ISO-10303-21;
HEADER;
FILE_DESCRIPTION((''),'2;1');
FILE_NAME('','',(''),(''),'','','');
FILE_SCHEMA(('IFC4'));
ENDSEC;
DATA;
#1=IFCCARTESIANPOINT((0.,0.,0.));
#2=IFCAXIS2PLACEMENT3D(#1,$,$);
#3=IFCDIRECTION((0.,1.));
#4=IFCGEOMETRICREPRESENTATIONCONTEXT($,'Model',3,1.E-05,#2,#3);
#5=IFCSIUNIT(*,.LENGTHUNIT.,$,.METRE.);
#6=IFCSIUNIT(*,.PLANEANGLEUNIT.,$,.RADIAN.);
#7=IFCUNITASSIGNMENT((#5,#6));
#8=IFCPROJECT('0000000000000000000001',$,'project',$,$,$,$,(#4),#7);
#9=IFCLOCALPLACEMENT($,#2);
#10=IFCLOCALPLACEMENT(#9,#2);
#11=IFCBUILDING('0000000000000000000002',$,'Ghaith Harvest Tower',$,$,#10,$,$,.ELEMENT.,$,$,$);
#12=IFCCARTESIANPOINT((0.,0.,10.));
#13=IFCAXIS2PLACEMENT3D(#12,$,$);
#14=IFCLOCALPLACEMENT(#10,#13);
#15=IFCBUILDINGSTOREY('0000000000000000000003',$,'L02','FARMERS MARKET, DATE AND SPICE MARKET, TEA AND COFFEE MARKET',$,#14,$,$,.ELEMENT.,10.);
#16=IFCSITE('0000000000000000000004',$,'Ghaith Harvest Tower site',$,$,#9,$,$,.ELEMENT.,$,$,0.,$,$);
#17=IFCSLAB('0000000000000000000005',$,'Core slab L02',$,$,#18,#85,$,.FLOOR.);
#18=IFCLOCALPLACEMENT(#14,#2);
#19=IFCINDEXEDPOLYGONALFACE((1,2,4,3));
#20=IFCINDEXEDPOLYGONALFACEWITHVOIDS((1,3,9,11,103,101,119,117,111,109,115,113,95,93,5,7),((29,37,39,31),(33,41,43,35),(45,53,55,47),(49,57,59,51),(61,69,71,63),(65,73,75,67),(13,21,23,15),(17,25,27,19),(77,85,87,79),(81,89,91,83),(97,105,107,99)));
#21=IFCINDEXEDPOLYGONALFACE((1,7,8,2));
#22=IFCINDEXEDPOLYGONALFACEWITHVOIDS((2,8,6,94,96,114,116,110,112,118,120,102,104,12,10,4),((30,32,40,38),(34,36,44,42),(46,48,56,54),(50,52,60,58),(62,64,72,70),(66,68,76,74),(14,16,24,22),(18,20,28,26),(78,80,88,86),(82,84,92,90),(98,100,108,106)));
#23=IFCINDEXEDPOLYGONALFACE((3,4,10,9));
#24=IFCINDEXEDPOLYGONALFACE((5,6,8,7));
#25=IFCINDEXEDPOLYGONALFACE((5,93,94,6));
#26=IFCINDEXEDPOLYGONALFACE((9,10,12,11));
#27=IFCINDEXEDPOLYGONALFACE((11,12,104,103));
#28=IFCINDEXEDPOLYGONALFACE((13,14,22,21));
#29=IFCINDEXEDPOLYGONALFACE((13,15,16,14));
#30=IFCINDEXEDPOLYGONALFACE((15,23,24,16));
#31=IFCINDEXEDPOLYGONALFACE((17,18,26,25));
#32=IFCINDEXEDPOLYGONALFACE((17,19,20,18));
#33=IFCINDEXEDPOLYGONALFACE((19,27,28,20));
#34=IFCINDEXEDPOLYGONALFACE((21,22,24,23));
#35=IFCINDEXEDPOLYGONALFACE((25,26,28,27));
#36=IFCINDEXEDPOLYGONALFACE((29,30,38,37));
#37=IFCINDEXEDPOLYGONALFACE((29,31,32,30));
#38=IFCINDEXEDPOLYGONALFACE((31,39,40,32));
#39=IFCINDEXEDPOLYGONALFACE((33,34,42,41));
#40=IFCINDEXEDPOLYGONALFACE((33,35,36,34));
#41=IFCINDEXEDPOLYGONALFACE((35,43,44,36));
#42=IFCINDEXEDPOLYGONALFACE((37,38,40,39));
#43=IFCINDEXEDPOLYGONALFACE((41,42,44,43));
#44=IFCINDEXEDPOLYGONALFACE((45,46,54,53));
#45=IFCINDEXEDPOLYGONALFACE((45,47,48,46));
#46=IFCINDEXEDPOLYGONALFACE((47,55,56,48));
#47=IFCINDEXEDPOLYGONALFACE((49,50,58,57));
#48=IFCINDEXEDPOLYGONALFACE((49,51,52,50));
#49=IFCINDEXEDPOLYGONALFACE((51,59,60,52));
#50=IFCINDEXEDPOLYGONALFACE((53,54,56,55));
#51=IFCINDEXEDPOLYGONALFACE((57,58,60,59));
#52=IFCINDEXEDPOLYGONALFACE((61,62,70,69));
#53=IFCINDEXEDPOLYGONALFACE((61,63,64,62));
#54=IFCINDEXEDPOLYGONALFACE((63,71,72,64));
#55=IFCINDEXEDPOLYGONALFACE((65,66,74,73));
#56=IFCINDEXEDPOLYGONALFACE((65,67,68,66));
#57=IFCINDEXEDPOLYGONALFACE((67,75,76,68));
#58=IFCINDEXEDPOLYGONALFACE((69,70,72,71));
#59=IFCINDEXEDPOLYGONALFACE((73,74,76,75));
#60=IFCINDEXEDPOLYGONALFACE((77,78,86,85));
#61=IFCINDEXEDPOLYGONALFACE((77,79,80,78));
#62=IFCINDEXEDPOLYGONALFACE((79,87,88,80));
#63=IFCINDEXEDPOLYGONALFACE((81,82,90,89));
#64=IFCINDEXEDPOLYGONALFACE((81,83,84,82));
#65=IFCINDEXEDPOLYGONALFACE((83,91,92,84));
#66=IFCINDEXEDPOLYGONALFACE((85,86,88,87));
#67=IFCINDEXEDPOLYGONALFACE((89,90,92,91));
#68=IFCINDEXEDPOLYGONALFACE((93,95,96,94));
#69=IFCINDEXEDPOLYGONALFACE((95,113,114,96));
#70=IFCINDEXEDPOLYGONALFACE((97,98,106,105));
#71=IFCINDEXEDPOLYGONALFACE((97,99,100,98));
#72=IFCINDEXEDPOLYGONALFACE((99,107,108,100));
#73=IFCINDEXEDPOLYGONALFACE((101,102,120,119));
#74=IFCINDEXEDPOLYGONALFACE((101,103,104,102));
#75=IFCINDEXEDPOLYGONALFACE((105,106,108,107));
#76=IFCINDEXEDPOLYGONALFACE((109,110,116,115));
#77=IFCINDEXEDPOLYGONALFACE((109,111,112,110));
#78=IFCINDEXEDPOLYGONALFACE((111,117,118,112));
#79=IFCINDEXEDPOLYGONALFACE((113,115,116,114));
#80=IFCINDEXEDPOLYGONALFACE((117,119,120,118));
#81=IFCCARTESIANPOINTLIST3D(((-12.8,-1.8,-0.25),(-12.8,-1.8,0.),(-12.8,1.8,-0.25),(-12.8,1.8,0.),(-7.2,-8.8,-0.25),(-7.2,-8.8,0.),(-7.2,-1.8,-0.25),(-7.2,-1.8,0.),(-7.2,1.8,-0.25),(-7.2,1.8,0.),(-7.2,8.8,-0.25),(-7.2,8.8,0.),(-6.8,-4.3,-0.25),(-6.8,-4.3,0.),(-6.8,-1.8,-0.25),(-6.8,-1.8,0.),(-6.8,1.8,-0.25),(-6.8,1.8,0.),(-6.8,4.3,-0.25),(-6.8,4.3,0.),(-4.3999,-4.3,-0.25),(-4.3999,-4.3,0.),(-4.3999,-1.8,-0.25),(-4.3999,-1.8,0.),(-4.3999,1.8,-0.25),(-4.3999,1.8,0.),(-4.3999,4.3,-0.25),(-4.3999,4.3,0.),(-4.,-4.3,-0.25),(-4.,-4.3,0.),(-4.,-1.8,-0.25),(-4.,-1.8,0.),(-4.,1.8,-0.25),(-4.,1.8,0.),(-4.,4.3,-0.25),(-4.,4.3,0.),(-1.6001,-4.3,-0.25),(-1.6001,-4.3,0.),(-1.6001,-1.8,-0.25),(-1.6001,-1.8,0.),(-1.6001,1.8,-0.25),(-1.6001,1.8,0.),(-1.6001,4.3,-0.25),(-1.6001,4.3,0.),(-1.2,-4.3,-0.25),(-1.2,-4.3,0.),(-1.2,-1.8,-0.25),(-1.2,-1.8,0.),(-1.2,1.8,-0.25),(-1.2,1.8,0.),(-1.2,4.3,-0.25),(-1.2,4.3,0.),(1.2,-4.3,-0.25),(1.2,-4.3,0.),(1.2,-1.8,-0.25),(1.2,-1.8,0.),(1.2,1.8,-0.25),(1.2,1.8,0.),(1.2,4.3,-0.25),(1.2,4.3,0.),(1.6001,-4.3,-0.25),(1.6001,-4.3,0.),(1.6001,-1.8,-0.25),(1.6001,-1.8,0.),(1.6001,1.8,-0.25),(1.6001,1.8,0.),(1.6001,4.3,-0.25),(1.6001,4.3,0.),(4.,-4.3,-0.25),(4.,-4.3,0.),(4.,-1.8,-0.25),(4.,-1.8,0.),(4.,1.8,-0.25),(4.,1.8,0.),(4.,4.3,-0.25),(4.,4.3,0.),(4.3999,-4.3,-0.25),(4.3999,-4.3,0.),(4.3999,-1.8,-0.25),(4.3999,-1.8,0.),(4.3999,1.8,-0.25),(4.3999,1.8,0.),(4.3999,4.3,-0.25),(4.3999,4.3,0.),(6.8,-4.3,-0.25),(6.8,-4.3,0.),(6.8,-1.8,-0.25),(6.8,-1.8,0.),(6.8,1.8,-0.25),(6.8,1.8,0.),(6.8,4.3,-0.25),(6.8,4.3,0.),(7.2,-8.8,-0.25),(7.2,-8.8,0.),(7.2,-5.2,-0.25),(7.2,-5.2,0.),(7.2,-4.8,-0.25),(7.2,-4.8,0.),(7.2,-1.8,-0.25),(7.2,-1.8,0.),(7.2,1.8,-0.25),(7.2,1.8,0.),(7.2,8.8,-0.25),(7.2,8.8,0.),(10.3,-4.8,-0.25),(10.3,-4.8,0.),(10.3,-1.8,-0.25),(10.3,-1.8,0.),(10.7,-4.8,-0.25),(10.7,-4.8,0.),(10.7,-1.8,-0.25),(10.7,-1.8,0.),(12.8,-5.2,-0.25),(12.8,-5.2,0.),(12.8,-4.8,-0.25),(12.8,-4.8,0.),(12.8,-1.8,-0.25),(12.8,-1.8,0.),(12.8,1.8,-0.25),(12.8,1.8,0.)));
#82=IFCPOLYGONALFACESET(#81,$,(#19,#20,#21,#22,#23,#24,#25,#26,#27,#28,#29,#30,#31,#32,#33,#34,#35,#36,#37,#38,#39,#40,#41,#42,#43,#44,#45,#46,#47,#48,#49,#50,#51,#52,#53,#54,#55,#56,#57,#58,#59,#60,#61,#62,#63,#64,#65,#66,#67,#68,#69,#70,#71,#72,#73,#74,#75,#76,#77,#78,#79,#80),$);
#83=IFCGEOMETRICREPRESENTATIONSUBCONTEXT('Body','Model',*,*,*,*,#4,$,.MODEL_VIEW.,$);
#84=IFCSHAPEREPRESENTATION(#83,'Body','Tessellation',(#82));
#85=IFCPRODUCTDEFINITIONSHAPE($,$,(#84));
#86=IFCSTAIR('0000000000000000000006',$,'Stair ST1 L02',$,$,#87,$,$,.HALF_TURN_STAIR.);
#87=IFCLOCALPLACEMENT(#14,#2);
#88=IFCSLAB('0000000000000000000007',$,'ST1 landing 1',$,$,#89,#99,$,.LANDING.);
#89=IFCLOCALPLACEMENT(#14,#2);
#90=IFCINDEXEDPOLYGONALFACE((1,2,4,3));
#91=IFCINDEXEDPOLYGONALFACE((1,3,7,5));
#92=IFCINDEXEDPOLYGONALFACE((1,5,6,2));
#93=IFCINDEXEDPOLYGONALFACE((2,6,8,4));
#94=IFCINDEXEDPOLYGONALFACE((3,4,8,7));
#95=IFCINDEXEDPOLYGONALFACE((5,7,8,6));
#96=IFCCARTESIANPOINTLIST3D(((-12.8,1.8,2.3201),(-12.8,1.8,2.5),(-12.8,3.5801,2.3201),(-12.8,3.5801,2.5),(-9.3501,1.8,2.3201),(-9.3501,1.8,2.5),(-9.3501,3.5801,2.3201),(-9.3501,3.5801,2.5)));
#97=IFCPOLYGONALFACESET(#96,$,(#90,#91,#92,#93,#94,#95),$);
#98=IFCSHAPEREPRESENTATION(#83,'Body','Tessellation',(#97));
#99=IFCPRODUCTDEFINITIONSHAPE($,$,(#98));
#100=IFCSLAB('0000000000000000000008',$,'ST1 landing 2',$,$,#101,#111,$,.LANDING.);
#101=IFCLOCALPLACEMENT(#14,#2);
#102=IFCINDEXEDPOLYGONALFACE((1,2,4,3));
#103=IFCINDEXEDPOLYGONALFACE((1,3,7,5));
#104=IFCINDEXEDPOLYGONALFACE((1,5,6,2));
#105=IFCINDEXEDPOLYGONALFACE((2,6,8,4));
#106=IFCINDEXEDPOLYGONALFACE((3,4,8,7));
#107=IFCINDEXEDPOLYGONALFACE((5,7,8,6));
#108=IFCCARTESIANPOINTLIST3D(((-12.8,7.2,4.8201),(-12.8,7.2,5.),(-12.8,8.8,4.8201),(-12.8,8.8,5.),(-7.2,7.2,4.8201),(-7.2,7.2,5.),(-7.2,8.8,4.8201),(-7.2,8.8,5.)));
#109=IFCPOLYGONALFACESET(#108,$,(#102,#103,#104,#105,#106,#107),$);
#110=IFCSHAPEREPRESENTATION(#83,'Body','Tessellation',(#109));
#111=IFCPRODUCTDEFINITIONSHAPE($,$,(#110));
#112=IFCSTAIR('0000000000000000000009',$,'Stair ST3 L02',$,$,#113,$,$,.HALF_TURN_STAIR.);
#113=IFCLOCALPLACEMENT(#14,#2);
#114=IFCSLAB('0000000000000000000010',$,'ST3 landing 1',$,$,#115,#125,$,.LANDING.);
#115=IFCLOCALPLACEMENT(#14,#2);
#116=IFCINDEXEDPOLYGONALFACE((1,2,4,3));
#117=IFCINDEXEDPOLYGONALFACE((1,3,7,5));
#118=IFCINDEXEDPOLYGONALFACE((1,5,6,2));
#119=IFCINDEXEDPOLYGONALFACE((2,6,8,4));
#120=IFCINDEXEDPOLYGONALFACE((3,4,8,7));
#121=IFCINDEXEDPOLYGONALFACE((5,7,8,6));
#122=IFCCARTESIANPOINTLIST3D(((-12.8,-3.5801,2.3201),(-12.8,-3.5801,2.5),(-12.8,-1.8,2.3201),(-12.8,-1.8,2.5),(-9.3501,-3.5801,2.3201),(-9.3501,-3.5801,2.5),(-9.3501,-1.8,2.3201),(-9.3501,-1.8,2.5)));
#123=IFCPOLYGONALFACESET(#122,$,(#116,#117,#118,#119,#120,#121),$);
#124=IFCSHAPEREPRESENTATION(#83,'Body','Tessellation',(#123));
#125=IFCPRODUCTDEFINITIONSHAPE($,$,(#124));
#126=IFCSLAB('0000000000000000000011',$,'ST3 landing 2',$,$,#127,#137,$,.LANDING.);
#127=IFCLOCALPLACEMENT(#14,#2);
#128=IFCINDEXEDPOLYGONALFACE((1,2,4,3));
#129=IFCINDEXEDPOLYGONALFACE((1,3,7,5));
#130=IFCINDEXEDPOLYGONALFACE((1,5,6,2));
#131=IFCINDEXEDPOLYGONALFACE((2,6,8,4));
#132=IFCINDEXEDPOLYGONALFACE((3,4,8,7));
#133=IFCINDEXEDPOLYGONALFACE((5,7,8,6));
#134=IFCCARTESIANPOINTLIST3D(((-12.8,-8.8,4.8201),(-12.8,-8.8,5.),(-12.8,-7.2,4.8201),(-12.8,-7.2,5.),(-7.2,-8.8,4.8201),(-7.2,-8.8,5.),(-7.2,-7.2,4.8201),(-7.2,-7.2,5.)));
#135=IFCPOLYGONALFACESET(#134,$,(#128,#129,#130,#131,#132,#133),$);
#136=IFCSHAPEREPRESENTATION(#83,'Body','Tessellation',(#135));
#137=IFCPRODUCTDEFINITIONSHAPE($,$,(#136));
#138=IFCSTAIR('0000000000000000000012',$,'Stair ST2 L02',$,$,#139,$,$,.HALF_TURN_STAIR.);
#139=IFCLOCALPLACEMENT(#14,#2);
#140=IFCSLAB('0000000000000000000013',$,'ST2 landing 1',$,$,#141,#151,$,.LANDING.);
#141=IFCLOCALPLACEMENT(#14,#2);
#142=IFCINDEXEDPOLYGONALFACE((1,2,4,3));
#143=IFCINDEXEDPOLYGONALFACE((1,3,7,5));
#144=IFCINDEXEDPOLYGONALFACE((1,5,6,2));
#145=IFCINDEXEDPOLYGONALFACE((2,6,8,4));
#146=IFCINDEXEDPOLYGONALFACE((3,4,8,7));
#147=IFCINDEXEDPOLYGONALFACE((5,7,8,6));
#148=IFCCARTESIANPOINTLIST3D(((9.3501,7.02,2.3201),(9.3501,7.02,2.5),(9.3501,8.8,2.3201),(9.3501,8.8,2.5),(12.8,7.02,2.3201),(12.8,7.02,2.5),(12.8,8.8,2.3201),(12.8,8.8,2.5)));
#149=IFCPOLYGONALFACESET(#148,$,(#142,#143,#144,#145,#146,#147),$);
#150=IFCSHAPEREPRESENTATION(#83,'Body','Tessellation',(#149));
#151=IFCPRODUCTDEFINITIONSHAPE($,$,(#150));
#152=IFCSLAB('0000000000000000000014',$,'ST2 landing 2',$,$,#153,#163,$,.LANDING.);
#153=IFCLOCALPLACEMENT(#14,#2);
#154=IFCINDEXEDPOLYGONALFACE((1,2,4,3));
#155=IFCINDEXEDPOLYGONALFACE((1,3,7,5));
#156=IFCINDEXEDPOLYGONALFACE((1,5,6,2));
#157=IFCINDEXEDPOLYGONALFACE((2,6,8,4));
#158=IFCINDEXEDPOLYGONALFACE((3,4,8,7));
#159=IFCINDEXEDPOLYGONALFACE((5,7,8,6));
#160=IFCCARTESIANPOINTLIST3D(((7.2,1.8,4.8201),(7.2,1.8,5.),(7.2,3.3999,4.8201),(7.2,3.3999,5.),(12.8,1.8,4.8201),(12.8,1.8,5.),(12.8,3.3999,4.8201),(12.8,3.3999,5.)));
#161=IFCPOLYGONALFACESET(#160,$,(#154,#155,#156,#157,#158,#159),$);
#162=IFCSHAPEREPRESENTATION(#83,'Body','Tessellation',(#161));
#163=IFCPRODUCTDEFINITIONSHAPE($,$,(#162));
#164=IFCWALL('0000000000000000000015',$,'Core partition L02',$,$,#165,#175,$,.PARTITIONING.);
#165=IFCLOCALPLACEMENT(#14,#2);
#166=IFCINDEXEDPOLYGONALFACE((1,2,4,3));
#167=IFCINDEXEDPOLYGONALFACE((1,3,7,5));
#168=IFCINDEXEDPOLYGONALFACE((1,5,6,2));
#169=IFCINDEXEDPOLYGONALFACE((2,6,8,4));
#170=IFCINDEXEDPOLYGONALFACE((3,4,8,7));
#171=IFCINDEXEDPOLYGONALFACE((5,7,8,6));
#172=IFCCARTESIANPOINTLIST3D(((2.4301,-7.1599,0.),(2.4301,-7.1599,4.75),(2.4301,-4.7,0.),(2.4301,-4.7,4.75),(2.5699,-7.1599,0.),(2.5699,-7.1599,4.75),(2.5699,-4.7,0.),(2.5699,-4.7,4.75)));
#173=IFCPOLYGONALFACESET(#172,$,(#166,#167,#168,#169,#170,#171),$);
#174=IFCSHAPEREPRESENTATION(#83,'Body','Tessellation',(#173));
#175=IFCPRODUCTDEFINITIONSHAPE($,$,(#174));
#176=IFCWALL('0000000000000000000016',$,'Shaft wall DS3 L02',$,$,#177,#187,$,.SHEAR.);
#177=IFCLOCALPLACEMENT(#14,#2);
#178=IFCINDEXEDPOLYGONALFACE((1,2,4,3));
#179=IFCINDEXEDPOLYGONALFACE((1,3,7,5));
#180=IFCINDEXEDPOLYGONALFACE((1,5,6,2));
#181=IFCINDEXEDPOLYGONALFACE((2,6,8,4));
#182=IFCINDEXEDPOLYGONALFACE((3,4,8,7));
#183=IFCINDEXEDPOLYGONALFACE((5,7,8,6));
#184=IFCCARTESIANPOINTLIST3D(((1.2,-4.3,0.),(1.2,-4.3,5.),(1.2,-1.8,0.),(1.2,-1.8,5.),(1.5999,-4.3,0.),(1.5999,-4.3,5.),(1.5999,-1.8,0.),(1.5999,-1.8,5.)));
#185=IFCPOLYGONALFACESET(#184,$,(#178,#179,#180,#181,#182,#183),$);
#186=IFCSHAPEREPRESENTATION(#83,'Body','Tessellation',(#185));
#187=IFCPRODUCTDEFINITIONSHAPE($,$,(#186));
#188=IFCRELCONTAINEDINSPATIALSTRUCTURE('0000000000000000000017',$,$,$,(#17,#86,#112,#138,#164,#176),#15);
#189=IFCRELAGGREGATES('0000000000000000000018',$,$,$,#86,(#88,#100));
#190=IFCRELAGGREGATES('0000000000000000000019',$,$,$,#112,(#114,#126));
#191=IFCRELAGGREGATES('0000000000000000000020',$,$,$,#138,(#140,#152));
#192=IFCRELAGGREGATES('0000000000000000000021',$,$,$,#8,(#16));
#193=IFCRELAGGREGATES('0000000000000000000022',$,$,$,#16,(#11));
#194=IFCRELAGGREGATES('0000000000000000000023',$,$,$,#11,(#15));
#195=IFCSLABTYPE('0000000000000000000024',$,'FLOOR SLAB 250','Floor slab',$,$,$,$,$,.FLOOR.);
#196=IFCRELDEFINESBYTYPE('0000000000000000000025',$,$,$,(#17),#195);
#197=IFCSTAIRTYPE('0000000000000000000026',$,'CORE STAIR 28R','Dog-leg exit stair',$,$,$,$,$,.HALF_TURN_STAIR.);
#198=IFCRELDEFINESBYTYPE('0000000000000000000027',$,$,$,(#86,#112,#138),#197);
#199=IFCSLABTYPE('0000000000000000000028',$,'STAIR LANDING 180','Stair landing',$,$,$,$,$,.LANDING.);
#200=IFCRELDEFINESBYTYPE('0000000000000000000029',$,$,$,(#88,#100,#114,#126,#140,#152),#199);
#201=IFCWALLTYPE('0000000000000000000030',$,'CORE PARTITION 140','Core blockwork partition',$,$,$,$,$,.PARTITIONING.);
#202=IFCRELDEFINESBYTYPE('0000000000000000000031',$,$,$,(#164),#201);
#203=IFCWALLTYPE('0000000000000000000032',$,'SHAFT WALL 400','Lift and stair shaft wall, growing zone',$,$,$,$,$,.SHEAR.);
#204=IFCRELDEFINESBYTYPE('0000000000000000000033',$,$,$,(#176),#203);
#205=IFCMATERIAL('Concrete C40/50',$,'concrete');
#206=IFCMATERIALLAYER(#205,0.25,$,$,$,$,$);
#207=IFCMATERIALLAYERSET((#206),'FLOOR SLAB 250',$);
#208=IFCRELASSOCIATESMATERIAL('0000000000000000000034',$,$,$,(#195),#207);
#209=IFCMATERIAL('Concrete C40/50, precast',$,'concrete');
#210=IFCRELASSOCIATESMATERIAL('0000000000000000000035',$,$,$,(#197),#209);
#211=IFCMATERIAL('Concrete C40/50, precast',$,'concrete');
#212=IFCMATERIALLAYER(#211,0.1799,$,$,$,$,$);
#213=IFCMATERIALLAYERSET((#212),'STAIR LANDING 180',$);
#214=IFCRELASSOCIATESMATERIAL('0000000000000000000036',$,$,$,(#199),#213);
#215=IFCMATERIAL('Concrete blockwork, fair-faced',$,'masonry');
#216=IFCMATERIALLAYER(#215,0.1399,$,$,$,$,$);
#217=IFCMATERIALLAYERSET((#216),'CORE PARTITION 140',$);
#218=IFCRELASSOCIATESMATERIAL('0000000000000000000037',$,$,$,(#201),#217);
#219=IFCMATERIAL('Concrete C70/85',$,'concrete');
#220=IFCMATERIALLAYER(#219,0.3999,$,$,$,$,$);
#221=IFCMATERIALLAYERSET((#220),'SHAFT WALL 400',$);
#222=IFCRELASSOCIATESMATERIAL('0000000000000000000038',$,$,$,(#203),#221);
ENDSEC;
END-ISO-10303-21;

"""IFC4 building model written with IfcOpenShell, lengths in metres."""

from ifc_helpers import new_model, si_unit, direction, frame, frame_2d, origin, place, context, subcontext, project, spatial, polyline, rectangle, outline, extrude, material, layer, layer_set, type_object, element, aggregate, save


model = new_model("IFC4")

# Units and contexts
model_context = context("Model", 3, precision=1e-05, world=origin(), true_north=direction((0.0, 1.0)))
body_context = subcontext(model_context, "Body", "Model", "MODEL_VIEW")
ifc_project = project(units=[si_unit("LENGTHUNIT", "METRE"), si_unit("PLANEANGLEUNIT", "RADIAN")], contexts=[model_context])

# Site, building, storey
site_placement = place(None, origin())
site = spatial("IfcSite", under=ifc_project, at=site_placement, Name="Ghaith Harvest Tower site", CompositionType="ELEMENT", RefElevation=0.0)
building_placement = place(site_placement, origin())
building = spatial("IfcBuilding", under=site, at=building_placement, Name="Ghaith Harvest Tower", CompositionType="ELEMENT")
storey_placement = place(building_placement, frame((0.0, 0.0, 10.0)))
storey = spatial("IfcBuildingStorey", under=building, at=storey_placement, Name="L02", Description="FARMERS MARKET, DATE AND SPICE MARKET, TEA AND COFFEE MARKET", CompositionType="ELEMENT", Elevation=10.0)

# Slab
ifc_material_1 = material(Name="Concrete C40/50", Category="concrete")
ifc_layer_1 = layer(ifc_material_1, 0.25)
ifc_layer_set_1 = layer_set([ifc_layer_1], Name="FLOOR SLAB 250")
slab_type_1 = type_object("IfcSlabType", Name="FLOOR SLAB 250", Description="Floor slab", PredefinedType="FLOOR", material=ifc_layer_set_1)
slab_1_placement = place(storey_placement, frame((0.0, 0.0, -0.25)))
element("IfcSlab", 1, at=slab_1_placement, inside=storey, type_object=slab_type_1, Name="Core slab L02", PredefinedType="FLOOR", context=body_context, shape_type="SweptSolid", body=[
    extrude(outline(polyline([(-12.8, 1.8), (-7.2, 1.8), (-7.2, 8.8), (7.2, 8.8), (7.2, 1.8), (12.8, 1.8), (12.8, -1.8), (10.7, -1.8), (10.7, -4.8), (12.8, -4.8), (12.8, -5.2), (7.2, -5.2), (7.2, -8.8), (-7.2, -8.8), (-7.2, -1.8), (-12.8, -1.8), (-12.8, 1.8)]), holes=[polyline([(-4.3999, -4.3), (-4.3999, -1.8), (-6.8, -1.8), (-6.8, -4.3), (-4.3999, -4.3)]), polyline([(-1.6001, -4.3), (-1.6001, -1.8), (-4.0, -1.8), (-4.0, -4.3), (-1.6001, -4.3)]), polyline([(1.2, -4.3), (1.2, -1.8), (-1.2, -1.8), (-1.2, -4.3), (1.2, -4.3)]), polyline([(-4.3999, 1.8), (-4.3999, 4.3), (-6.8, 4.3), (-6.8, 1.8), (-4.3999, 1.8)]), polyline([(-1.6001, 1.8), (-1.6001, 4.3), (-4.0, 4.3), (-4.0, 1.8), (-1.6001, 1.8)]), polyline([(1.2, 1.8), (1.2, 4.3), (-1.2, 4.3), (-1.2, 1.8), (1.2, 1.8)]), polyline([(10.3, -4.8), (10.3, -1.8), (7.2, -1.8), (7.2, -4.8), (10.3, -4.8)]), polyline([(4.0, -4.3), (4.0, -1.8), (1.6001, -1.8), (1.6001, -4.3), (4.0, -4.3)]), polyline([(6.8, -4.3), (6.8, -1.8), (4.3999, -1.8), (4.3999, -4.3), (6.8, -4.3)]), polyline([(4.0, 1.8), (4.0, 4.3), (1.6001, 4.3), (1.6001, 1.8), (4.0, 1.8)]), polyline([(6.8, 1.8), (6.8, 4.3), (4.3999, 4.3), (4.3999, 1.8), (6.8, 1.8)])]), origin(), (0.0, 0.0, 1.0), 0.25),
])

# Stairs, slabs
ifc_material_2 = material(Name="Concrete C40/50, precast", Category="concrete")
stair_type = type_object("IfcStairType", Name="CORE STAIR 28R", Description="Dog-leg exit stair", PredefinedType="HALF_TURN_STAIR", material=ifc_material_2)
stair_1_placement = place(storey_placement, origin())
stair_1 = element("IfcStair", 2, at=stair_1_placement, inside=storey, type_object=stair_type, Name="Stair ST1 L02", PredefinedType="HALF_TURN_STAIR")
ifc_material_3 = material(Name="Concrete C40/50, precast", Category="concrete")
ifc_layer_2 = layer(ifc_material_3, 0.1799)
ifc_layer_set_2 = layer_set([ifc_layer_2], Name="STAIR LANDING 180")
slab_type_2 = type_object("IfcSlabType", Name="STAIR LANDING 180", Description="Stair landing", PredefinedType="LANDING", material=ifc_layer_set_2)
slab_2_placement = place(storey_placement, frame((0.0, 0.0, 2.3201)))
slab_2 = element("IfcSlab", 3, at=slab_2_placement, type_object=slab_type_2, Name="ST1 landing 1", PredefinedType="LANDING", context=body_context, shape_type="SweptSolid", body=[
    extrude(outline(polyline([(-12.8, 3.5801), (-12.8, 1.8), (-9.3501, 1.8), (-9.3501, 3.5801), (-12.8, 3.5801)])), origin(), (0.0, 0.0, 1.0), 0.1799),
])
slab_3_placement = place(storey_placement, frame((0.0, 0.0, 4.8201)))
slab_3 = element("IfcSlab", 4, at=slab_3_placement, type_object=slab_type_2, Name="ST1 landing 2", PredefinedType="LANDING", context=body_context, shape_type="SweptSolid", body=[
    extrude(outline(polyline([(-12.8, 8.8), (-12.8, 7.2), (-7.2, 7.2), (-7.2, 8.8), (-12.8, 8.8)])), origin(), (0.0, 0.0, 1.0), 0.1799),
])
aggregate(stair_1, [slab_2, slab_3])
stair_2_placement = place(storey_placement, origin())
stair_2 = element("IfcStair", 5, at=stair_2_placement, inside=storey, type_object=stair_type, Name="Stair ST3 L02", PredefinedType="HALF_TURN_STAIR")
slab_4_placement = place(storey_placement, frame((0.0, 0.0, 2.3201)))
slab_4 = element("IfcSlab", 6, at=slab_4_placement, type_object=slab_type_2, Name="ST3 landing 1", PredefinedType="LANDING", context=body_context, shape_type="SweptSolid", body=[
    extrude(outline(polyline([(-12.8, -3.5801), (-12.8, -1.8), (-9.3501, -1.8), (-9.3501, -3.5801), (-12.8, -3.5801)])), origin(), (0.0, 0.0, 1.0), 0.1799),
])
slab_5_placement = place(storey_placement, frame((0.0, 0.0, 4.8201)))
slab_5 = element("IfcSlab", 7, at=slab_5_placement, type_object=slab_type_2, Name="ST3 landing 2", PredefinedType="LANDING", context=body_context, shape_type="SweptSolid", body=[
    extrude(outline(polyline([(-12.8, -8.8), (-12.8, -7.2), (-7.2, -7.2), (-7.2, -8.8), (-12.8, -8.8)])), origin(), (0.0, 0.0, 1.0), 0.1799),
])
aggregate(stair_2, [slab_4, slab_5])
stair_3_placement = place(storey_placement, origin())
stair_3 = element("IfcStair", 8, at=stair_3_placement, inside=storey, type_object=stair_type, Name="Stair ST2 L02", PredefinedType="HALF_TURN_STAIR")
slab_6_placement = place(storey_placement, frame((0.0, 0.0, 2.3201)))
slab_6 = element("IfcSlab", 9, at=slab_6_placement, type_object=slab_type_2, Name="ST2 landing 1", PredefinedType="LANDING", context=body_context, shape_type="SweptSolid", body=[
    extrude(outline(polyline([(12.8, 7.02), (12.8, 8.8), (9.3501, 8.8), (9.3501, 7.02), (12.8, 7.02)])), origin(), (0.0, 0.0, 1.0), 0.1799),
])
slab_7_placement = place(storey_placement, frame((0.0, 0.0, 4.8201)))
slab_7 = element("IfcSlab", 10, at=slab_7_placement, type_object=slab_type_2, Name="ST2 landing 2", PredefinedType="LANDING", context=body_context, shape_type="SweptSolid", body=[
    extrude(outline(polyline([(12.8, 1.8), (12.8, 3.3999), (7.2, 3.3999), (7.2, 1.8), (12.8, 1.8)])), origin(), (0.0, 0.0, 1.0), 0.1799),
])
aggregate(stair_3, [slab_6, slab_7])

# Walls
ifc_material_4 = material(Name="Concrete blockwork, fair-faced", Category="masonry")
ifc_layer_3 = layer(ifc_material_4, 0.1399)
ifc_layer_set_3 = layer_set([ifc_layer_3], Name="CORE PARTITION 140")
wall_type_1 = type_object("IfcWallType", Name="CORE PARTITION 140", Description="Core blockwork partition", PredefinedType="PARTITIONING", material=ifc_layer_set_3)
wall_placement = place(storey_placement, frame((2.5, -4.7, 0.0), z_axis=(0.0, 0.0, 1.0), x_axis=(0.0, -1.0, 0.0)))
element("IfcWall", 11, at=wall_placement, inside=storey, type_object=wall_type_1, Name="Core partition L02", PredefinedType="PARTITIONING", context=body_context, shape_type="SweptSolid", body=[
    extrude(rectangle(XDim=2.46, YDim=0.1399, at=frame_2d((1.23, 0.0))), origin(), (0.0, 0.0, 1.0), 4.75),
])
ifc_material_5 = material(Name="Concrete C70/85", Category="concrete")
ifc_layer_4 = layer(ifc_material_5, 0.3999)
ifc_layer_set_4 = layer_set([ifc_layer_4], Name="SHAFT WALL 400")
wall_type_2 = type_object("IfcWallType", Name="SHAFT WALL 400", Description="Lift and stair shaft wall, growing zone", PredefinedType="SHEAR", material=ifc_layer_set_4)
for number, where, z_axis, x_axis, name in (
    (12, (1.3999, -4.3, 0.0), (0.0, 0.0, 1.0), (0.0, 1.0, 0.0), "Shaft wall DS3 L02"),
):
    element("IfcWall", number, at=place(storey_placement, frame(where, z_axis=z_axis, x_axis=x_axis)), inside=storey, type_object=wall_type_2, Name=name, PredefinedType="SHEAR", context=body_context, shape_type="SweptSolid", body=[
        extrude(rectangle(XDim=2.5, YDim=0.3999, at=frame_2d((1.25, 0.0))), origin(), (0.0, 0.0, 1.0), 5.0),
    ])

save(model, "model.ifc")
